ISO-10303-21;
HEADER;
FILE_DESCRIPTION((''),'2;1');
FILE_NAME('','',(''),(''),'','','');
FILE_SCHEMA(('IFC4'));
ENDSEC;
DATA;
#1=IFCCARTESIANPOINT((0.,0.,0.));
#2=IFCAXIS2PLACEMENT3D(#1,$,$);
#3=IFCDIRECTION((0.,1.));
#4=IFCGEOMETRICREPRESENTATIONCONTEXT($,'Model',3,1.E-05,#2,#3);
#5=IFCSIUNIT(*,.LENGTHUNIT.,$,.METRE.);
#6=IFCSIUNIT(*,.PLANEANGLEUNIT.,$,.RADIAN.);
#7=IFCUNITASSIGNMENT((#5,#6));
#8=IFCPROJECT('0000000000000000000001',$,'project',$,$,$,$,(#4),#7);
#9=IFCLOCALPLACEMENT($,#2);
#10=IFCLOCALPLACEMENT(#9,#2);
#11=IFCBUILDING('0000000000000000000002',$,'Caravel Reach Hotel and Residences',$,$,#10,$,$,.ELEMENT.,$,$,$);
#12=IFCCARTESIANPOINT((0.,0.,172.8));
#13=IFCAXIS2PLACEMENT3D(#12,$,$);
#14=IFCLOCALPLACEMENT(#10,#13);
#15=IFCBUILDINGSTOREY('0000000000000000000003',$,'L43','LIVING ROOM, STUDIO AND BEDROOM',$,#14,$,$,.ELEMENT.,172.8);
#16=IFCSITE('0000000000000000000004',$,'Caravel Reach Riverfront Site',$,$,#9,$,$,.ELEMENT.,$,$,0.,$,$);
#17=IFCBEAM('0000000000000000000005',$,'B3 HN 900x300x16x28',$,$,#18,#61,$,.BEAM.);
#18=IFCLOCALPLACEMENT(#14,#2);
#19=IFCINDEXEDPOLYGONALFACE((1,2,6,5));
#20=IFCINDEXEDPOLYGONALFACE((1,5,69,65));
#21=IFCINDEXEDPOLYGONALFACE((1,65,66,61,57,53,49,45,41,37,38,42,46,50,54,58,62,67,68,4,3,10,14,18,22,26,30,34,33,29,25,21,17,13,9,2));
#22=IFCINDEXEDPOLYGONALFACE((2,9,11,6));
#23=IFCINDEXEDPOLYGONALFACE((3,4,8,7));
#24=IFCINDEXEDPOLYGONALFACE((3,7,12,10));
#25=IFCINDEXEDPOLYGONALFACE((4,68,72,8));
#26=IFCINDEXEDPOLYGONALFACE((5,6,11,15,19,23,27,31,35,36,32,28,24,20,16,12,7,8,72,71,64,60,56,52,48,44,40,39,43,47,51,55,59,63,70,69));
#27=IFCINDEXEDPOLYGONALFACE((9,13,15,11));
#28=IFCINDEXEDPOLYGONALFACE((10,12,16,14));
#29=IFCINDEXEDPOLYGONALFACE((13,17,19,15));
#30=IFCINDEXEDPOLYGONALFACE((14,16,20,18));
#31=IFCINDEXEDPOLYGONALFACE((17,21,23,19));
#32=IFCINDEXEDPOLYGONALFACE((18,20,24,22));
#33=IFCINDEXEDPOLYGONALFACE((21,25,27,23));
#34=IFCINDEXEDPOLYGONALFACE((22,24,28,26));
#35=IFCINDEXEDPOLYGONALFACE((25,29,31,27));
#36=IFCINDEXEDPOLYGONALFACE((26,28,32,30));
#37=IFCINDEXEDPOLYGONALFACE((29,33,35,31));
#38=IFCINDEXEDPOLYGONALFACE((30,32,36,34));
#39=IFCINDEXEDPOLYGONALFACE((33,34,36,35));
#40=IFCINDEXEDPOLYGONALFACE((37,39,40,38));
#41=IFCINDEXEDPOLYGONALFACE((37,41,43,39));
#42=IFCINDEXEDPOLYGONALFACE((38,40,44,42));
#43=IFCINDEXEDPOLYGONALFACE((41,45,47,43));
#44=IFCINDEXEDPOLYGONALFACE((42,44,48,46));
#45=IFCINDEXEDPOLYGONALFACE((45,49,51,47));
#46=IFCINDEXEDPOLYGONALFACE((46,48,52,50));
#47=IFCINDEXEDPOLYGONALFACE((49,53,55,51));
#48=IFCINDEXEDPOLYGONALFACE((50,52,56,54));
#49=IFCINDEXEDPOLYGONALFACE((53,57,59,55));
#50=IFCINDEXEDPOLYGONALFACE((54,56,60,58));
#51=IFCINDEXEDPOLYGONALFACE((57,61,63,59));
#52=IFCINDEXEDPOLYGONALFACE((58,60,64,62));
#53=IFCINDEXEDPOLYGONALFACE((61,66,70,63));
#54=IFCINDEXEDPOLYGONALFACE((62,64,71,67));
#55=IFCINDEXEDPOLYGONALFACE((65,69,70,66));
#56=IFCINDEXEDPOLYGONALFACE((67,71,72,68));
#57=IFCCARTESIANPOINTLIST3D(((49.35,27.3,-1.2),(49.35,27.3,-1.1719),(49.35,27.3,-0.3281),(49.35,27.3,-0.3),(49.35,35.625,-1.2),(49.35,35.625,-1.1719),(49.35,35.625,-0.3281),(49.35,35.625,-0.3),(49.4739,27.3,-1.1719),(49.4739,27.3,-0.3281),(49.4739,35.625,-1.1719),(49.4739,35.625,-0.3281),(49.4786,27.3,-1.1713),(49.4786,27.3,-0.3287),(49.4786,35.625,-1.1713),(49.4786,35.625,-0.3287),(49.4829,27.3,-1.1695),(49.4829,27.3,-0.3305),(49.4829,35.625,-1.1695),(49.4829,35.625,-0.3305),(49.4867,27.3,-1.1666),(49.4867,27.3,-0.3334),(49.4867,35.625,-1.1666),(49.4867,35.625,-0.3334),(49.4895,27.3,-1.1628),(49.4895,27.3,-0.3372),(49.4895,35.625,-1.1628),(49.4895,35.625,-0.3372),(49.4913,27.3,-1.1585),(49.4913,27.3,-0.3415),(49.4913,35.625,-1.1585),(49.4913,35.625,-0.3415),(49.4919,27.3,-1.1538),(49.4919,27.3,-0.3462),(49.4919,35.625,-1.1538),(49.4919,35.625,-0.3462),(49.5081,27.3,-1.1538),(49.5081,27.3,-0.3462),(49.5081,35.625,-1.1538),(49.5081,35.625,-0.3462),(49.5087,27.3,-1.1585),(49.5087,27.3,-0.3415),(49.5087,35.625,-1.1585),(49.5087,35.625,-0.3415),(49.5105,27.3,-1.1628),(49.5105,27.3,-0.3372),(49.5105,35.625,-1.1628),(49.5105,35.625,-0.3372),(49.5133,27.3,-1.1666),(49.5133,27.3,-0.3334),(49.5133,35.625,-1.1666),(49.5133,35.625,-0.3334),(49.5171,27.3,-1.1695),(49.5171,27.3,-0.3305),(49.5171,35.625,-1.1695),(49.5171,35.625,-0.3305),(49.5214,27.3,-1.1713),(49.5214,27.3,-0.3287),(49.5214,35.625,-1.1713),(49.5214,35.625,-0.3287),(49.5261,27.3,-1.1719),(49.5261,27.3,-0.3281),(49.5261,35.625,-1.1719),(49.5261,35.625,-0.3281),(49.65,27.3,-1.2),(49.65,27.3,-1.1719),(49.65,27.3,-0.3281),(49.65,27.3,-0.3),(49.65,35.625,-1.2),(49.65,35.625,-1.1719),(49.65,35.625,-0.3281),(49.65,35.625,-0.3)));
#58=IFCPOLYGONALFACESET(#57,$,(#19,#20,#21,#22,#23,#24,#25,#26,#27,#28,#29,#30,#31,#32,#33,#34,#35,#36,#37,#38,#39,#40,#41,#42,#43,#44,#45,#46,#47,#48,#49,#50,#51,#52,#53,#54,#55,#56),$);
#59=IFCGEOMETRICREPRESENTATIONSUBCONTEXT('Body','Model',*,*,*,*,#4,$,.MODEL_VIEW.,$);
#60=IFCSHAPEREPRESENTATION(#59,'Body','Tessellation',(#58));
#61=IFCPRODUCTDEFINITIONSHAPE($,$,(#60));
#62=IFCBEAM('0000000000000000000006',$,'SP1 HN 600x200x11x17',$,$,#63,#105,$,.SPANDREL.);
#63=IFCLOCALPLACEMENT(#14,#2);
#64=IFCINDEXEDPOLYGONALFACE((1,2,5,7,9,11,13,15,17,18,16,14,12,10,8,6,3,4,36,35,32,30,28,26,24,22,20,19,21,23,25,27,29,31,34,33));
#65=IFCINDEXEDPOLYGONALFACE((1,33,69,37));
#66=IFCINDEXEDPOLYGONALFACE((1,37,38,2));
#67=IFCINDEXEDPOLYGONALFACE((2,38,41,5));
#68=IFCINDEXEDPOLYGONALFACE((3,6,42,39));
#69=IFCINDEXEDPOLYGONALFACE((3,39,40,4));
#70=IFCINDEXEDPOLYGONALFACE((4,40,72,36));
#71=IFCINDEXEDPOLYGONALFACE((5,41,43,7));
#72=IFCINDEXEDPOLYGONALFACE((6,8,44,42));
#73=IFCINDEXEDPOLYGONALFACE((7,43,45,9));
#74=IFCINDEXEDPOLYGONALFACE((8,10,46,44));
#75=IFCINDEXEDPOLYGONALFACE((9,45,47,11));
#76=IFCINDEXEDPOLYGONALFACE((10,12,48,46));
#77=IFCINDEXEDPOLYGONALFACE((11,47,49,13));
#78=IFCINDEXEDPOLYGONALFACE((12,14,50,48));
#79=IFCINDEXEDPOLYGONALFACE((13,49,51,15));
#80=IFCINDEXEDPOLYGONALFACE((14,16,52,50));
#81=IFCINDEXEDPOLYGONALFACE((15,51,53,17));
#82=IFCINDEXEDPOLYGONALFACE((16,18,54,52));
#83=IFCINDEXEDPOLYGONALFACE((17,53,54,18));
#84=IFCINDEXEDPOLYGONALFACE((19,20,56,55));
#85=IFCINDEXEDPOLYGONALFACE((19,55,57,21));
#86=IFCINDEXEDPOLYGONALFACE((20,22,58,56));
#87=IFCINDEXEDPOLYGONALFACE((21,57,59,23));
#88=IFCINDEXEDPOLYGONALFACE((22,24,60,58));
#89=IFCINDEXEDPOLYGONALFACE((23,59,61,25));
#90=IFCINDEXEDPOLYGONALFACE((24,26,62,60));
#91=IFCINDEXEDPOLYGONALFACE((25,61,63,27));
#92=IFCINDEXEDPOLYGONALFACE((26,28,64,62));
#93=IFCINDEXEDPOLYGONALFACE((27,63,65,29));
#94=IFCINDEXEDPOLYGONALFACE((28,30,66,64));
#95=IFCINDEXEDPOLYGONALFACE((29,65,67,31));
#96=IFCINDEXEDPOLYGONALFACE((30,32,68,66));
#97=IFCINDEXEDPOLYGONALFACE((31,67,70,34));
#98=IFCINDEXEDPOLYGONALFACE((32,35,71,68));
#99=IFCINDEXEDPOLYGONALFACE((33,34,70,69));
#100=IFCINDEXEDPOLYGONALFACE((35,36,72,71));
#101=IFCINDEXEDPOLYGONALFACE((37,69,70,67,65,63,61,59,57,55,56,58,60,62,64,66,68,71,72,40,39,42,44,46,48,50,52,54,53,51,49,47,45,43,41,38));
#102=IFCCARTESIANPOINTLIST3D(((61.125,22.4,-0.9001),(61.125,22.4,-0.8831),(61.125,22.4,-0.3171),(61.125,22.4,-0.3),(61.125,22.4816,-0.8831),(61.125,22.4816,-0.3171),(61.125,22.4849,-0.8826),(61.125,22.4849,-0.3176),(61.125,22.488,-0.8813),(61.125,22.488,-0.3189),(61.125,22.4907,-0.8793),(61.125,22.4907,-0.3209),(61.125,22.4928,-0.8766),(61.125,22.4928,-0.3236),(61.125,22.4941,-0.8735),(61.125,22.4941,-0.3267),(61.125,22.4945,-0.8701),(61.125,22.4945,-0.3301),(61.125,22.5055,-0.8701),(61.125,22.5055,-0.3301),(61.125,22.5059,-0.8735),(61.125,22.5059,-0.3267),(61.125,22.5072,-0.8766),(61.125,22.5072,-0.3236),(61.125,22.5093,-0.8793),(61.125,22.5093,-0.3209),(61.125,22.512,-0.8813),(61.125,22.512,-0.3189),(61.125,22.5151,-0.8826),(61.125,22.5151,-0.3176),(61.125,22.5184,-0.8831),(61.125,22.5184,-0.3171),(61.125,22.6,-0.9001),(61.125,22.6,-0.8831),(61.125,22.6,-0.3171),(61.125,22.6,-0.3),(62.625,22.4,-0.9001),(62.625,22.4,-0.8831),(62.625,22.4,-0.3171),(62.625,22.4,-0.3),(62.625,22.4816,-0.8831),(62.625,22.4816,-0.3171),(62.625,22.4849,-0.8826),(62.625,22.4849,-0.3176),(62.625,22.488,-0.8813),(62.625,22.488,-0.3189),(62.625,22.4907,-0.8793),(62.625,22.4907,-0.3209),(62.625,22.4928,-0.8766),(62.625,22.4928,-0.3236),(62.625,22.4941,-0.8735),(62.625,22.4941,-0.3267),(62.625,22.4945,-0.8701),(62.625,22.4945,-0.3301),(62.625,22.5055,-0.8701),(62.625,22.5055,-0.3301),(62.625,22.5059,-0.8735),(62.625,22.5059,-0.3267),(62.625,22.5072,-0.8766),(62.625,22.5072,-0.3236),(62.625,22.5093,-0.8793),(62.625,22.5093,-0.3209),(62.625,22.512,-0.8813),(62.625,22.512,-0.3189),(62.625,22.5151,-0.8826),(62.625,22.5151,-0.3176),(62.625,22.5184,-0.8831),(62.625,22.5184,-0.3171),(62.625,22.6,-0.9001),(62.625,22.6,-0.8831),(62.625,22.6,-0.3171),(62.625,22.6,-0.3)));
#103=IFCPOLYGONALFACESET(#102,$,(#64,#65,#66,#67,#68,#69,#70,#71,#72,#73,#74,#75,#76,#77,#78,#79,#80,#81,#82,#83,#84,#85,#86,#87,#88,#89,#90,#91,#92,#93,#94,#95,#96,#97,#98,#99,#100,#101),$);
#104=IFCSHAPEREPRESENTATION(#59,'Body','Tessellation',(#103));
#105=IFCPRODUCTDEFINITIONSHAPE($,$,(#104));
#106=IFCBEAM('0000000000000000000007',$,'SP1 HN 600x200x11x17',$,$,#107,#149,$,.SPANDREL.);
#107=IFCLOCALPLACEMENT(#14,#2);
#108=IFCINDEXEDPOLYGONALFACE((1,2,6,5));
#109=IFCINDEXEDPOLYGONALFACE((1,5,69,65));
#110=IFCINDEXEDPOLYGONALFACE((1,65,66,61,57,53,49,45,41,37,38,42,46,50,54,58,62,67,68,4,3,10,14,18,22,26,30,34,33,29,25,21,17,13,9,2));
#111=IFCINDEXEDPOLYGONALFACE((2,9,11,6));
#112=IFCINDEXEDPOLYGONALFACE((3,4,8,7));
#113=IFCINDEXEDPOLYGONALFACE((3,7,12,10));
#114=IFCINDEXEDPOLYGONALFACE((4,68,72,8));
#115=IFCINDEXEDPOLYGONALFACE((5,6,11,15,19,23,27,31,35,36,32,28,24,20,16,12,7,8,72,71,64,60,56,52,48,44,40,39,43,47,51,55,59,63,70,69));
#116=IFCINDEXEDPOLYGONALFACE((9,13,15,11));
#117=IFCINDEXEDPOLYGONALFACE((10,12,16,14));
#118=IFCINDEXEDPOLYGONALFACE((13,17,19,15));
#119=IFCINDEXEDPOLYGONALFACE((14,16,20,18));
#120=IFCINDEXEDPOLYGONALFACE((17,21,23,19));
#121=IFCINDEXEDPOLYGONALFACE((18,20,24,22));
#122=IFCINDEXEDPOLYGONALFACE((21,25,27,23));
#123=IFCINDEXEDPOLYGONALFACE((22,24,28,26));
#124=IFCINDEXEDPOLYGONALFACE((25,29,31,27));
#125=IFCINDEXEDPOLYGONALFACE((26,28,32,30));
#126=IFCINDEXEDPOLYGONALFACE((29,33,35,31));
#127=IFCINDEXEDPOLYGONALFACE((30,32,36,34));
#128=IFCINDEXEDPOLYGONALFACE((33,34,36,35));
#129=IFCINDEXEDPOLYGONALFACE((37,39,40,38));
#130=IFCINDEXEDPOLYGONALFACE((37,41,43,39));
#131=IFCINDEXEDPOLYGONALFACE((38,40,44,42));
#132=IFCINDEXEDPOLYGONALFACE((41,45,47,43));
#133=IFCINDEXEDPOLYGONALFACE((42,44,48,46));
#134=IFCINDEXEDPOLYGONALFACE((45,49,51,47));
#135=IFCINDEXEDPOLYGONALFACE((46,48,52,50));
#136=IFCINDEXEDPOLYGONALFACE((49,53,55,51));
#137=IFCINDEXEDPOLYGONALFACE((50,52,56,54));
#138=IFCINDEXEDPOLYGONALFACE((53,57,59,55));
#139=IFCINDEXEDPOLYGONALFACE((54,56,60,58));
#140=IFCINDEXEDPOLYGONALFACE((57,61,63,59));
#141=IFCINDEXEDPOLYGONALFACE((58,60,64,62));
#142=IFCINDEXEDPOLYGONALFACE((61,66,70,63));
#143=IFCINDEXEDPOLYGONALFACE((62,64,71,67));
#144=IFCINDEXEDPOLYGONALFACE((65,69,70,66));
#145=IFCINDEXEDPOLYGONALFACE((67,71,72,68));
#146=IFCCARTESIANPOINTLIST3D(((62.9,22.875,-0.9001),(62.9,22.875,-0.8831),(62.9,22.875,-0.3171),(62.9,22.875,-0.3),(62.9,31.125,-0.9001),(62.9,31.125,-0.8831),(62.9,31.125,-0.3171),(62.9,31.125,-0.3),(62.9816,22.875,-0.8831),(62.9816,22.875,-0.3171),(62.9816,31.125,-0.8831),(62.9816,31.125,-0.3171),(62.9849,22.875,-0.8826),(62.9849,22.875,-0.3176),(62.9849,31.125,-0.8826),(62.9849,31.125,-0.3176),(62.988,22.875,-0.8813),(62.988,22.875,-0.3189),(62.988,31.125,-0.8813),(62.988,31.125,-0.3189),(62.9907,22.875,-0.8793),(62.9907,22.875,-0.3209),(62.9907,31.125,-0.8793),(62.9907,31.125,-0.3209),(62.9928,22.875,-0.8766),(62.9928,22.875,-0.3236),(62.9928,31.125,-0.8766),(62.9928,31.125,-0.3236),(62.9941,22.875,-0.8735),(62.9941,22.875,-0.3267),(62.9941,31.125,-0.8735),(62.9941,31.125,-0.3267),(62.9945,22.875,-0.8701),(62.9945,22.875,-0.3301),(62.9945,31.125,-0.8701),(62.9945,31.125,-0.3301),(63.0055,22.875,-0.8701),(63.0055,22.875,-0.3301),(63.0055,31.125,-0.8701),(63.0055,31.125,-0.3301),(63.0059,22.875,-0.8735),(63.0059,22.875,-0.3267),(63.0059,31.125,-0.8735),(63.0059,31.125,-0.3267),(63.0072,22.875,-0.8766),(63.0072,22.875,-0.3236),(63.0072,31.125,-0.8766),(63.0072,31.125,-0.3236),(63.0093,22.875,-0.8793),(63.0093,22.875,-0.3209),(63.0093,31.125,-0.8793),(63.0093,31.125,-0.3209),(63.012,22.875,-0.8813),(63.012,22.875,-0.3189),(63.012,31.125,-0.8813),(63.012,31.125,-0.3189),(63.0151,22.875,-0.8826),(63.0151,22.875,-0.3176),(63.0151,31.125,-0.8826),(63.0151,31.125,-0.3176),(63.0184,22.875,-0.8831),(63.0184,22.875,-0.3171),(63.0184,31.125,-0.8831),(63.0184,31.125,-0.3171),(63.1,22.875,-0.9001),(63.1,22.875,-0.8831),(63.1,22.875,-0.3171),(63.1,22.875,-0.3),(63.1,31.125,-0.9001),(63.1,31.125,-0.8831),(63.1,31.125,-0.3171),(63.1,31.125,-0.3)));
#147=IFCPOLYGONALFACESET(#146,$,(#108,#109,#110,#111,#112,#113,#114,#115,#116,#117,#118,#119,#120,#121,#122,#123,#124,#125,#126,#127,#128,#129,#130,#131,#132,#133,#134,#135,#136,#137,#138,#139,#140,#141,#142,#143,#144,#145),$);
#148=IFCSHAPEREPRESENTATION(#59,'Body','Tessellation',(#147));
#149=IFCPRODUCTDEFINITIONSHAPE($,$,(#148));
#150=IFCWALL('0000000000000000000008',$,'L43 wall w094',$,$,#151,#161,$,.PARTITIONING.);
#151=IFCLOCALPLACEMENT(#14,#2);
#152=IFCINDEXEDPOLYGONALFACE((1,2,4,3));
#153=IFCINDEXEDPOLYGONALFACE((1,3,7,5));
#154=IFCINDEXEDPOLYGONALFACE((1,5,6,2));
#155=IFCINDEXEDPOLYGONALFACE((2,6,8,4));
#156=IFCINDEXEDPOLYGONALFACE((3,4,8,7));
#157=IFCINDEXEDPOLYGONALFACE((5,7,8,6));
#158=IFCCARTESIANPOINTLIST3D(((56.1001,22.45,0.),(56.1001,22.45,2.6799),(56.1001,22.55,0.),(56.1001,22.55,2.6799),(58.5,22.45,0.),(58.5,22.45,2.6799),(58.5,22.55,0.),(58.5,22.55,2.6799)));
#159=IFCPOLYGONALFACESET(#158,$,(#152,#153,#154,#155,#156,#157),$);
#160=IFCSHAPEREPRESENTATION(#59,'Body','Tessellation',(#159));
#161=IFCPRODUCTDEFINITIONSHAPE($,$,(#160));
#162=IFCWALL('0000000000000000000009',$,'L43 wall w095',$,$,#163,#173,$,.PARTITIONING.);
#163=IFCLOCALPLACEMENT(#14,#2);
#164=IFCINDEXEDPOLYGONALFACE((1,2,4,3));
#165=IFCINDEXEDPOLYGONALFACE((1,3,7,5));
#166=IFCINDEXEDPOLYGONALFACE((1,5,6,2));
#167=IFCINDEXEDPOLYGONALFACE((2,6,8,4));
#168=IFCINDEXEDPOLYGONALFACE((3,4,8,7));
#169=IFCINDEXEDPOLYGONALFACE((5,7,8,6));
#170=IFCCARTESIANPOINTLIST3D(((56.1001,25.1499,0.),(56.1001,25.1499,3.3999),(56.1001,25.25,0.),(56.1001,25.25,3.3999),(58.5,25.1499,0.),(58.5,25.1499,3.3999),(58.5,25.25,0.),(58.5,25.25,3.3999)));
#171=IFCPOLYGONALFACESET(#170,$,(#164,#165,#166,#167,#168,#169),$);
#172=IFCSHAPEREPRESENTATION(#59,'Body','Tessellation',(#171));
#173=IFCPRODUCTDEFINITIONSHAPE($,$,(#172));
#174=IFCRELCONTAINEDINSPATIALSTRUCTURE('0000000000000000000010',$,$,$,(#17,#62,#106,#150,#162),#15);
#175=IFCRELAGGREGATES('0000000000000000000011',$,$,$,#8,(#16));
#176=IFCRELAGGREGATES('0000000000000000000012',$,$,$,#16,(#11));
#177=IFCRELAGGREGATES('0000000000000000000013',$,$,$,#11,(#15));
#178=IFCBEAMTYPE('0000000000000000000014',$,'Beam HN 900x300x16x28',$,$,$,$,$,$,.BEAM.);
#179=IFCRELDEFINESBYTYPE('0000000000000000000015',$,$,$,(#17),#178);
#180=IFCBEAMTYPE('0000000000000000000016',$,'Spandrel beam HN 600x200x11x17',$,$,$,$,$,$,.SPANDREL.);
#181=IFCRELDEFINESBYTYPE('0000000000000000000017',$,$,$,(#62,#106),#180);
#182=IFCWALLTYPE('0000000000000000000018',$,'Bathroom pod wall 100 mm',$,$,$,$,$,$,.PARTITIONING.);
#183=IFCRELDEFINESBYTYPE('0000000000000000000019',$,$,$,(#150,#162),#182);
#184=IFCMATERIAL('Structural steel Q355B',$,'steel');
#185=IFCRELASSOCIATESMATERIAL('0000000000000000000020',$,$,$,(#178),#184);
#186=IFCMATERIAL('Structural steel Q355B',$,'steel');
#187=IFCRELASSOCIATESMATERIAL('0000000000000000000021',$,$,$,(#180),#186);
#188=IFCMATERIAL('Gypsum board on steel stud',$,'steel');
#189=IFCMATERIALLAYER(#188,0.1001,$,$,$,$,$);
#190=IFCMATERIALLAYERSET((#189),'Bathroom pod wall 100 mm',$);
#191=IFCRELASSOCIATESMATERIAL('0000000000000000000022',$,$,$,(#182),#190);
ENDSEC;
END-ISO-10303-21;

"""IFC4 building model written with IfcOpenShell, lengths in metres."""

from ifc_helpers import new_model, si_unit, direction, frame, frame_2d, origin, origin_2d, place, context, subcontext, project, spatial, rectangle, i_section, extrude, material, layer, layer_set, material_profile, profile_set, type_object, element, save


model = new_model("IFC4")

# Units and contexts
model_context = context("Model", 3, precision=1e-05, world=origin(), true_north=direction((0.0, 1.0)))
body_context = subcontext(model_context, "Body", "Model", "MODEL_VIEW")
ifc_project = project(units=[si_unit("LENGTHUNIT", "METRE"), si_unit("PLANEANGLEUNIT", "RADIAN")], contexts=[model_context])

# Site, building, storey
site_placement = place(None, origin())
site = spatial("IfcSite", under=ifc_project, at=site_placement, Name="Caravel Reach Riverfront Site", CompositionType="ELEMENT", RefElevation=0.0)
building_placement = place(site_placement, origin())
building = spatial("IfcBuilding", under=site, at=building_placement, Name="Caravel Reach Hotel and Residences", CompositionType="ELEMENT")
storey_placement = place(building_placement, frame((0.0, 0.0, 172.8)))
storey = spatial("IfcBuildingStorey", under=building, at=storey_placement, Name="L43", Description="LIVING ROOM, STUDIO AND BEDROOM", CompositionType="ELEMENT", Elevation=172.8)

# Beams
ifc_material_1 = material(Name="Structural steel Q355B", Category="steel")
ifc_material_profile_1 = material_profile(ifc_material_1, i_section(OverallWidth=0.3, OverallDepth=0.8999, WebThickness=0.0161, FlangeThickness=0.0281, FilletRadius=0.0181, at=origin_2d()), Name="HN 900x300x16x28")
ifc_profile_set_1 = profile_set([ifc_material_profile_1], Name="Structural steel Q355B")
beam_type_1 = type_object("IfcBeamType", Name="Beam HN 900x300x16x28", PredefinedType="BEAM", material=ifc_profile_set_1)
beam_1_placement = place(storey_placement, frame((49.5, 27.3, -0.75), z_axis=(0.0, 1.0, 0.0), x_axis=(-1.0, 0.0, 0.0)))
element("IfcBeam", 1, at=beam_1_placement, inside=storey, type_object=beam_type_1, Name="B3 HN 900x300x16x28", PredefinedType="BEAM", context=body_context, shape_type="SweptSolid", body=[
    extrude(i_section(OverallWidth=0.3, OverallDepth=0.8999, WebThickness=0.0161, FlangeThickness=0.0281, FilletRadius=0.0181, at=origin_2d()), origin(), (0.0, 0.0, 1.0), 8.325),
])
ifc_material_2 = material(Name="Structural steel Q355B", Category="steel")
ifc_material_profile_2 = material_profile(ifc_material_2, i_section(OverallWidth=0.2, OverallDepth=0.6001, WebThickness=0.011, FlangeThickness=0.0171, FilletRadius=0.0129, at=origin_2d()), Name="HN 600x200x11x17")
ifc_profile_set_2 = profile_set([ifc_material_profile_2], Name="Structural steel Q355B")
beam_type_2 = type_object("IfcBeamType", Name="Spandrel beam HN 600x200x11x17", PredefinedType="SPANDREL", material=ifc_profile_set_2)
beam_2_placement = place(storey_placement, frame((61.125, 22.5, -0.6001), z_axis=(1.0, 0.0, 0.0), x_axis=(0.0, 1.0, 0.0)))
element("IfcBeam", 2, at=beam_2_placement, inside=storey, type_object=beam_type_2, Name="SP1 HN 600x200x11x17", PredefinedType="SPANDREL", context=body_context, shape_type="SweptSolid", body=[
    extrude(i_section(OverallWidth=0.2, OverallDepth=0.6001, WebThickness=0.011, FlangeThickness=0.0171, FilletRadius=0.0129, at=origin_2d()), origin(), (0.0, 0.0, 1.0), 1.5),
])
beam_3_placement = place(storey_placement, frame((63.0, 22.875, -0.6001), z_axis=(0.0, 1.0, 0.0), x_axis=(-1.0, 0.0, 0.0)))
element("IfcBeam", 3, at=beam_3_placement, inside=storey, type_object=beam_type_2, Name="SP1 HN 600x200x11x17", PredefinedType="SPANDREL", context=body_context, shape_type="SweptSolid", body=[
    extrude(i_section(OverallWidth=0.2, OverallDepth=0.6001, WebThickness=0.011, FlangeThickness=0.0171, FilletRadius=0.0129, at=origin_2d()), origin(), (0.0, 0.0, 1.0), 8.25),
])

# Walls
ifc_material_3 = material(Name="Gypsum board on steel stud", Category="steel")
ifc_layer_1 = layer(ifc_material_3, 0.1001)
ifc_layer_set_1 = layer_set([ifc_layer_1], Name="Bathroom pod wall 100 mm")
wall_type_1 = type_object("IfcWallType", Name="Bathroom pod wall 100 mm", PredefinedType="PARTITIONING", material=ifc_layer_set_1)
wall_1_placement = place(storey_placement, frame((56.1001, 22.5, 0.0), z_axis=(0.0, 0.0, 1.0), x_axis=(1.0, 0.0, 0.0)))
element("IfcWall", 4, at=wall_1_placement, inside=storey, type_object=wall_type_1, Name="L43 wall w094", PredefinedType="PARTITIONING", context=body_context, shape_type="SweptSolid", body=[
    extrude(rectangle(XDim=2.3999, YDim=0.1001, at=frame_2d((1.2, 0.0))), origin(), (0.0, 0.0, 1.0), 2.6799),
])
wall_2_placement = place(storey_placement, frame((56.1001, 25.2, 0.0), z_axis=(0.0, 0.0, 1.0), x_axis=(1.0, 0.0, 0.0)))
element("IfcWall", 5, at=wall_2_placement, inside=storey, type_object=wall_type_1, Name="L43 wall w095", PredefinedType="PARTITIONING", context=body_context, shape_type="SweptSolid", body=[
    extrude(rectangle(XDim=2.3999, YDim=0.1001, at=frame_2d((1.2, 0.0))), origin(), (0.0, 0.0, 1.0), 3.3999),
])

save(model, "model.ifc")
